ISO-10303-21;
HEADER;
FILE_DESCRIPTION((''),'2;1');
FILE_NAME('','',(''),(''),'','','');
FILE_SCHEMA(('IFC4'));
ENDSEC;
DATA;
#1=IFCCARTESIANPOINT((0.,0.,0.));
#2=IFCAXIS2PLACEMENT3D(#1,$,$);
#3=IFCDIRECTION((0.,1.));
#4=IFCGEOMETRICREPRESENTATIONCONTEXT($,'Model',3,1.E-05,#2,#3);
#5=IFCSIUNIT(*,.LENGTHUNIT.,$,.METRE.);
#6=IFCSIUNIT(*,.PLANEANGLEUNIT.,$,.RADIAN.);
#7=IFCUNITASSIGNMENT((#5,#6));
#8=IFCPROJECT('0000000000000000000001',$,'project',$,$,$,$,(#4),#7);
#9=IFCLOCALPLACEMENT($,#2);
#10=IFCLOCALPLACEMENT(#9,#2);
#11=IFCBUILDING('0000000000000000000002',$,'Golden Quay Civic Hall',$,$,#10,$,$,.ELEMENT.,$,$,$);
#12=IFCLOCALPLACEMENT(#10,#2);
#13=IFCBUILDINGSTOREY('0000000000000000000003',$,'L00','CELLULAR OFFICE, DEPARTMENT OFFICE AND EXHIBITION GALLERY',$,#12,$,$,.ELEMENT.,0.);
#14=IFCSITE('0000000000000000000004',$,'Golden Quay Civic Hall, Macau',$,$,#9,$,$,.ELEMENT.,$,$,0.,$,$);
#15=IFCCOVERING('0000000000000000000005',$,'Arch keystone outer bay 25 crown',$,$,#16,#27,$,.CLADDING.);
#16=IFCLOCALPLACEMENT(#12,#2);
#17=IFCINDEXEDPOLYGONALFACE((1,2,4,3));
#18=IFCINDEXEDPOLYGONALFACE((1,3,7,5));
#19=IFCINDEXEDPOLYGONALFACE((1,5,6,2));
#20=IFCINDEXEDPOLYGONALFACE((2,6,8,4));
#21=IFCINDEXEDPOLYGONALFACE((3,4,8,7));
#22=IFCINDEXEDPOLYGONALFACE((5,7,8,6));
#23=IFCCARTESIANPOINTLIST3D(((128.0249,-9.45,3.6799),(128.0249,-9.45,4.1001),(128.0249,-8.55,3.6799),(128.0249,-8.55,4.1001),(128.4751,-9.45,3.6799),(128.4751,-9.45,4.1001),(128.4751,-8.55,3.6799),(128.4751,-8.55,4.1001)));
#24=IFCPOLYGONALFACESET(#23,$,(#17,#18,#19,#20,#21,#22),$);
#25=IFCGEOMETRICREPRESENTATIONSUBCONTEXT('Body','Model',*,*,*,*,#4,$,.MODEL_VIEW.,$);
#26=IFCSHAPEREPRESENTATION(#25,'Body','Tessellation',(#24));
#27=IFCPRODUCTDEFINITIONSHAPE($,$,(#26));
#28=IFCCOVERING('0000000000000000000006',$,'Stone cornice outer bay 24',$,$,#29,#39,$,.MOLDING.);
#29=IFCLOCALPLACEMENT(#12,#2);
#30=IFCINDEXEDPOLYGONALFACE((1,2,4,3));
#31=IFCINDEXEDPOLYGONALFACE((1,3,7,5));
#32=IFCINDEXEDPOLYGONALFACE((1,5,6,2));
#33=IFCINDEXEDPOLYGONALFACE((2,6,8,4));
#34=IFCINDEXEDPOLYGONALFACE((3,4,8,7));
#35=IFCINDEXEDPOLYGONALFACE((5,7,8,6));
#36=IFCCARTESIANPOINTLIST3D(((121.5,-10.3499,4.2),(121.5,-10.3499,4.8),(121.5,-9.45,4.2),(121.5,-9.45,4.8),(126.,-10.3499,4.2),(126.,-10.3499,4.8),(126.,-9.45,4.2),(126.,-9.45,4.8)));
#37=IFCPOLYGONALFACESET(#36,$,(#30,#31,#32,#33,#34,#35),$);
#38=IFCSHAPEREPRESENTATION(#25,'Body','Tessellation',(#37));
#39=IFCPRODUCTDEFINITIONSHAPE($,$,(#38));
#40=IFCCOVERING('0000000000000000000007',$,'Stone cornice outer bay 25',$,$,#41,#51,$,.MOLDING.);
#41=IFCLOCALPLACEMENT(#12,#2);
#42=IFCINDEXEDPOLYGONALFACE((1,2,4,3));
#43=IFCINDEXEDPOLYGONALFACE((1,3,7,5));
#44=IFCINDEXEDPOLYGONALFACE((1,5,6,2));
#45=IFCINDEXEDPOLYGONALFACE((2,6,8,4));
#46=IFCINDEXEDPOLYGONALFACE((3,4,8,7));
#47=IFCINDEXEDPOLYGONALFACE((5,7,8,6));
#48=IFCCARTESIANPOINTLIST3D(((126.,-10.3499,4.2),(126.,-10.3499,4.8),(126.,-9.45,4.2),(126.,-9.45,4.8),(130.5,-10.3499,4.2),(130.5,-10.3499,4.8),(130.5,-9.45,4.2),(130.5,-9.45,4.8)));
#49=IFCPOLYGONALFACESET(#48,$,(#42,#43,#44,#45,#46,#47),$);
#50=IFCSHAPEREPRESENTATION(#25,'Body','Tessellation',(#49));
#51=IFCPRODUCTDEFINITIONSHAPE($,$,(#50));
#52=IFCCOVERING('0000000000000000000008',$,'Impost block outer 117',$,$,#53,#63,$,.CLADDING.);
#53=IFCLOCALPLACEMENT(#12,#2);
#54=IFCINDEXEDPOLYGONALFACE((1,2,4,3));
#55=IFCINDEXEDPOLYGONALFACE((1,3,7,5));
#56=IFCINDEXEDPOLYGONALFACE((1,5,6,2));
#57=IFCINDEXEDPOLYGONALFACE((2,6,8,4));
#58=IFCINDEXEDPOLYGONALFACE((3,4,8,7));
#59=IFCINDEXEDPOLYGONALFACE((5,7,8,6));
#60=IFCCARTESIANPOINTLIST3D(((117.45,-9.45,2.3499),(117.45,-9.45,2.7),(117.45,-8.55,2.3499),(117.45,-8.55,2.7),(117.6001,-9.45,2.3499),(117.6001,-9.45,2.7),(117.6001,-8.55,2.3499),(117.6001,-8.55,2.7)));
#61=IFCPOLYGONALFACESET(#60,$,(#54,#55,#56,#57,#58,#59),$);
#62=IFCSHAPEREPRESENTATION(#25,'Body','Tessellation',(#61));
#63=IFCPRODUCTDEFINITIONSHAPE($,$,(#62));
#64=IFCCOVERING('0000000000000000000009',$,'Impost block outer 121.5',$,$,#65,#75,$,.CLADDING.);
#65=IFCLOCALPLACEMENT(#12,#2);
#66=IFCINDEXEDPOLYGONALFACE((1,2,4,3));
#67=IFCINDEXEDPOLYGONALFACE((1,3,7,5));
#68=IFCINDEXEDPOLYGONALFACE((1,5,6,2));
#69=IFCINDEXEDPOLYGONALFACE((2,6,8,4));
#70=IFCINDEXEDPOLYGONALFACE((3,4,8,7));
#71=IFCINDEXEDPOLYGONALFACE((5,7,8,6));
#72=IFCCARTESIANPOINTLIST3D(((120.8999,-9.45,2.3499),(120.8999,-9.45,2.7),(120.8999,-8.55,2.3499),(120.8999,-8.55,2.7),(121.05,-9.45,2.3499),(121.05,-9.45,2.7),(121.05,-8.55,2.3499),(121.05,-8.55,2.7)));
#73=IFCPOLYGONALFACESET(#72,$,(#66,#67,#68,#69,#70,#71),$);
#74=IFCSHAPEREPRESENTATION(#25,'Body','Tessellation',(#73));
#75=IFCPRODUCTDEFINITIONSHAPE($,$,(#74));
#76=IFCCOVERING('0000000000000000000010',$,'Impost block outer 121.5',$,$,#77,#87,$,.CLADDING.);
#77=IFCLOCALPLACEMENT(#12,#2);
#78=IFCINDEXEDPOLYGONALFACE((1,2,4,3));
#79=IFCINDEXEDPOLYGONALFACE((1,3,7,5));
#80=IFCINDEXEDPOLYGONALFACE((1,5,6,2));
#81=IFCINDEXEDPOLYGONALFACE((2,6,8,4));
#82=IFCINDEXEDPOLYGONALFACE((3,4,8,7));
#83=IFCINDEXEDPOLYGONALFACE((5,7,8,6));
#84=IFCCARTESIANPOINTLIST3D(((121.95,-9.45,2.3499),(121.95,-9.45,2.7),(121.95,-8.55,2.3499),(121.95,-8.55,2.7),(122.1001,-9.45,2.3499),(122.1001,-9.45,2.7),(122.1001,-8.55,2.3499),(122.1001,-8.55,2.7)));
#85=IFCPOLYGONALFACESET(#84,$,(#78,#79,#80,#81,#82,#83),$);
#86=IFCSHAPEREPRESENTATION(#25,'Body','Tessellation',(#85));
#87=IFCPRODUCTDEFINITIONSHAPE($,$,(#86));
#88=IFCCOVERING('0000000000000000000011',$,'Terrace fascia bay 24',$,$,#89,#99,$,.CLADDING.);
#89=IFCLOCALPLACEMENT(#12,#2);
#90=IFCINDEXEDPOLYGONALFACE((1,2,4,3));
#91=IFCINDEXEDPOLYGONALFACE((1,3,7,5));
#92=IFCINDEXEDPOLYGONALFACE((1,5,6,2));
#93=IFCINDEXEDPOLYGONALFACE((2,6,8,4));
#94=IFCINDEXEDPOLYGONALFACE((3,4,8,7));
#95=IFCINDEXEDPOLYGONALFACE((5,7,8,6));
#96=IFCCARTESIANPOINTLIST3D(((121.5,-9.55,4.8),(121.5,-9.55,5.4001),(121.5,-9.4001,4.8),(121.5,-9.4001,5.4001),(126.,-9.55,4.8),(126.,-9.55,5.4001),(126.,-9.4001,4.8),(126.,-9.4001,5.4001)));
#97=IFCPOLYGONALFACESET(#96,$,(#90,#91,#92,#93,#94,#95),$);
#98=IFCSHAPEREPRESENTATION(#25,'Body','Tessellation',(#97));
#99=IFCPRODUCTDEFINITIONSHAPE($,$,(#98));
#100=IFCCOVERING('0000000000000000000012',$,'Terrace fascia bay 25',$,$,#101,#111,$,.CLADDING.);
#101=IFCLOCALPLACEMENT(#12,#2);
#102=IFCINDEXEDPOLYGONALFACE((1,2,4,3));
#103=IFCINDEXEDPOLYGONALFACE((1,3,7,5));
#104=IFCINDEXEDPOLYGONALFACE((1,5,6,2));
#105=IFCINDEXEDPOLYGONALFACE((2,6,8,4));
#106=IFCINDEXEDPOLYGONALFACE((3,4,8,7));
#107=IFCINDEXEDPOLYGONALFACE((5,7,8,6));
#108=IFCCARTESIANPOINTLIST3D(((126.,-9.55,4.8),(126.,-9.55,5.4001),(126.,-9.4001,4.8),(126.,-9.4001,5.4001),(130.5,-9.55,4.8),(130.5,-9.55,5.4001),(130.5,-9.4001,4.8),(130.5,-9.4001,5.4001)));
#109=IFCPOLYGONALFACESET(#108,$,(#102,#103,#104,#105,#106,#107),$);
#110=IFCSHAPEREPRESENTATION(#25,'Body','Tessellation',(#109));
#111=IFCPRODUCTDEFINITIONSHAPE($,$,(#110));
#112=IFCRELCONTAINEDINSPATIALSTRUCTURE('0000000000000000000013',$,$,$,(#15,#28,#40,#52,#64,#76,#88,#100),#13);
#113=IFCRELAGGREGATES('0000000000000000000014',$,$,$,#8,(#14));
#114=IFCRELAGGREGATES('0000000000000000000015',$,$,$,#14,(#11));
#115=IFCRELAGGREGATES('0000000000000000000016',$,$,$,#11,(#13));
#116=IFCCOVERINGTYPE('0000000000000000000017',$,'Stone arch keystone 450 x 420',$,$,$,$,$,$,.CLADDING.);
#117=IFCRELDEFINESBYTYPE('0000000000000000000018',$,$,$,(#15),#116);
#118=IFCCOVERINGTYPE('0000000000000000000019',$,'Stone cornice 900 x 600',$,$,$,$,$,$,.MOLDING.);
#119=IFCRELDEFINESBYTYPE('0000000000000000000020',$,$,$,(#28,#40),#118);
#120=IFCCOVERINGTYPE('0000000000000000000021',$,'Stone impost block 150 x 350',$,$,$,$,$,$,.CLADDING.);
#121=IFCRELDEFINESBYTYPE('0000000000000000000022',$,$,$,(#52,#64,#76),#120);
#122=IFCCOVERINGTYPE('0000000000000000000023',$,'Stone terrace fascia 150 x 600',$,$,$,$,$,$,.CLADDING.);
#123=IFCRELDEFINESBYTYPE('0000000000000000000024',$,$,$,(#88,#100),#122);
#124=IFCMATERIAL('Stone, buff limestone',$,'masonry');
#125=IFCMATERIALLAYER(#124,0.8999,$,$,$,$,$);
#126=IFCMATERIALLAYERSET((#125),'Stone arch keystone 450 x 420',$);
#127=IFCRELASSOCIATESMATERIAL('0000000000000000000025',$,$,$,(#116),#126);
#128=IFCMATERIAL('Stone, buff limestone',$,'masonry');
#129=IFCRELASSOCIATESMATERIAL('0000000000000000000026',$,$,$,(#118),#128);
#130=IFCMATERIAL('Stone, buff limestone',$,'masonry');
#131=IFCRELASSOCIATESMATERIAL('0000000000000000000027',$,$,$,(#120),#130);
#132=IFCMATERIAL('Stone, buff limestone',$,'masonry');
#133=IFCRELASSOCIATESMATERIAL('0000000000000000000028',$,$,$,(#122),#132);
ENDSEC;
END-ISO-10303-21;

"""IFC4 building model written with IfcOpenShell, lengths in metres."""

from ifc_helpers import new_model, si_unit, direction, frame, origin, origin_2d, place, context, subcontext, project, spatial, polyline, rectangle, outline, extrude, material, layer, layer_set, material_profile, profile_set, type_object, element, save


model = new_model("IFC4")

# Units and contexts
model_context = context("Model", 3, precision=1e-05, world=origin(), true_north=direction((0.0, 1.0)))
body_context = subcontext(model_context, "Body", "Model", "MODEL_VIEW")
ifc_project = project(units=[si_unit("LENGTHUNIT", "METRE"), si_unit("PLANEANGLEUNIT", "RADIAN")], contexts=[model_context])

# Site, building, storey
site_placement = place(None, origin())
site = spatial("IfcSite", under=ifc_project, at=site_placement, Name="Golden Quay Civic Hall, Macau", CompositionType="ELEMENT", RefElevation=0.0)
building_placement = place(site_placement, origin())
building = spatial("IfcBuilding", under=site, at=building_placement, Name="Golden Quay Civic Hall", CompositionType="ELEMENT")
storey_placement = place(building_placement, origin())
storey = spatial("IfcBuildingStorey", under=building, at=storey_placement, Name="L00", Description="CELLULAR OFFICE, DEPARTMENT OFFICE AND EXHIBITION GALLERY", CompositionType="ELEMENT", Elevation=0.0)

# Coverings
ifc_material_1 = material(Name="Stone, buff limestone", Category="masonry")
ifc_layer_1 = layer(ifc_material_1, 0.8999)
ifc_layer_set_1 = layer_set([ifc_layer_1], Name="Stone arch keystone 450 x 420")
covering_type_1 = type_object("IfcCoveringType", Name="Stone arch keystone 450 x 420", PredefinedType="CLADDING", material=ifc_layer_set_1)
for number, where, z_axis, x_axis, name in (
    (1, (128.0249, -9.45, 3.6799), (0.0, -1.0, 0.0), (1.0, 0.0, 0.0), "Arch keystone outer bay 25 crown"),
):
    element("IfcCovering", number, at=place(storey_placement, frame(where, z_axis=z_axis, x_axis=x_axis)), inside=storey, type_object=covering_type_1, Name=name, PredefinedType="CLADDING", context=body_context, shape_type="SweptSolid", body=[
        extrude(outline(polyline([(0.0, 0.0), (0.4502, 0.0), (0.4502, 0.4202), (0.0, 0.4202), (0.0, 0.0)])), origin(), (0.0, 0.0, -1.0), 0.8999),
    ])
ifc_material_2 = material(Name="Stone, buff limestone", Category="masonry")
ifc_material_profile_1 = material_profile(ifc_material_2, rectangle(XDim=0.8999, YDim=0.6001, at=origin_2d()), Name="RC 900x600")
ifc_profile_set_1 = profile_set([ifc_material_profile_1], Name="Stone, buff limestone")
covering_type_2 = type_object("IfcCoveringType", Name="Stone cornice 900 x 600", PredefinedType="MOLDING", material=ifc_profile_set_1)
for number, where, z_axis, x_axis, name in (
    (2, (121.5, -9.8999, 4.5), (1.0, 0.0, 0.0), (0.0, 1.0, 0.0), "Stone cornice outer bay 24"),
    (3, (126.0, -9.8999, 4.5), (1.0, 0.0, 0.0), (0.0, 1.0, 0.0), "Stone cornice outer bay 25"),
):
    element("IfcCovering", number, at=place(storey_placement, frame(where, z_axis=z_axis, x_axis=x_axis)), inside=storey, type_object=covering_type_2, Name=name, PredefinedType="MOLDING", context=body_context, shape_type="SweptSolid", body=[
        extrude(rectangle(XDim=0.8999, YDim=0.6001, at=origin_2d()), origin(), (0.0, 0.0, 1.0), 4.5),
    ])
ifc_material_3 = material(Name="Stone, buff limestone", Category="masonry")
ifc_material_profile_2 = material_profile(ifc_material_3, rectangle(XDim=0.8999, YDim=0.3501, at=origin_2d()), Name="RC 900x350")
ifc_profile_set_2 = profile_set([ifc_material_profile_2], Name="Stone, buff limestone")
covering_type_3 = type_object("IfcCoveringType", Name="Stone impost block 150 x 350", PredefinedType="CLADDING", material=ifc_profile_set_2)
for number, where, z_axis, x_axis, name in (
    (4, (117.45, -9.0, 2.5249), (1.0, 0.0, 0.0), (0.0, 1.0, 0.0), "Impost block outer 117"),
    (5, (121.05, -9.0, 2.5249), (-1.0, 0.0, 0.0), (0.0, -1.0, 0.0), "Impost block outer 121.5"),
    (6, (121.95, -9.0, 2.5249), (1.0, 0.0, 0.0), (0.0, 1.0, 0.0), "Impost block outer 121.5"),
):
    element("IfcCovering", number, at=place(storey_placement, frame(where, z_axis=z_axis, x_axis=x_axis)), inside=storey, type_object=covering_type_3, Name=name, PredefinedType="CLADDING", context=body_context, shape_type="SweptSolid", body=[
        extrude(rectangle(XDim=0.8999, YDim=0.3501, at=origin_2d()), origin(), (0.0, 0.0, 1.0), 0.1501),
    ])
ifc_material_4 = material(Name="Stone, buff limestone", Category="masonry")
ifc_material_profile_3 = material_profile(ifc_material_4, rectangle(XDim=0.1499, YDim=0.6001, at=origin_2d()), Name="RC 150x600")
ifc_profile_set_3 = profile_set([ifc_material_profile_3], Name="Stone, buff limestone")
covering_type_4 = type_object("IfcCoveringType", Name="Stone terrace fascia 150 x 600", PredefinedType="CLADDING", material=ifc_profile_set_3)
for number, where, z_axis, x_axis, name in (
    (7, (121.5, -9.4751, 5.1001), (1.0, 0.0, 0.0), (0.0, 1.0, 0.0), "Terrace fascia bay 24"),
    (8, (126.0, -9.4751, 5.1001), (1.0, 0.0, 0.0), (0.0, 1.0, 0.0), "Terrace fascia bay 25"),
):
    element("IfcCovering", number, at=place(storey_placement, frame(where, z_axis=z_axis, x_axis=x_axis)), inside=storey, type_object=covering_type_4, Name=name, PredefinedType="CLADDING", context=body_context, shape_type="SweptSolid", body=[
        extrude(rectangle(XDim=0.1499, YDim=0.6001, at=origin_2d()), origin(), (0.0, 0.0, 1.0), 4.5),
    ])

save(model, "model.ifc")
